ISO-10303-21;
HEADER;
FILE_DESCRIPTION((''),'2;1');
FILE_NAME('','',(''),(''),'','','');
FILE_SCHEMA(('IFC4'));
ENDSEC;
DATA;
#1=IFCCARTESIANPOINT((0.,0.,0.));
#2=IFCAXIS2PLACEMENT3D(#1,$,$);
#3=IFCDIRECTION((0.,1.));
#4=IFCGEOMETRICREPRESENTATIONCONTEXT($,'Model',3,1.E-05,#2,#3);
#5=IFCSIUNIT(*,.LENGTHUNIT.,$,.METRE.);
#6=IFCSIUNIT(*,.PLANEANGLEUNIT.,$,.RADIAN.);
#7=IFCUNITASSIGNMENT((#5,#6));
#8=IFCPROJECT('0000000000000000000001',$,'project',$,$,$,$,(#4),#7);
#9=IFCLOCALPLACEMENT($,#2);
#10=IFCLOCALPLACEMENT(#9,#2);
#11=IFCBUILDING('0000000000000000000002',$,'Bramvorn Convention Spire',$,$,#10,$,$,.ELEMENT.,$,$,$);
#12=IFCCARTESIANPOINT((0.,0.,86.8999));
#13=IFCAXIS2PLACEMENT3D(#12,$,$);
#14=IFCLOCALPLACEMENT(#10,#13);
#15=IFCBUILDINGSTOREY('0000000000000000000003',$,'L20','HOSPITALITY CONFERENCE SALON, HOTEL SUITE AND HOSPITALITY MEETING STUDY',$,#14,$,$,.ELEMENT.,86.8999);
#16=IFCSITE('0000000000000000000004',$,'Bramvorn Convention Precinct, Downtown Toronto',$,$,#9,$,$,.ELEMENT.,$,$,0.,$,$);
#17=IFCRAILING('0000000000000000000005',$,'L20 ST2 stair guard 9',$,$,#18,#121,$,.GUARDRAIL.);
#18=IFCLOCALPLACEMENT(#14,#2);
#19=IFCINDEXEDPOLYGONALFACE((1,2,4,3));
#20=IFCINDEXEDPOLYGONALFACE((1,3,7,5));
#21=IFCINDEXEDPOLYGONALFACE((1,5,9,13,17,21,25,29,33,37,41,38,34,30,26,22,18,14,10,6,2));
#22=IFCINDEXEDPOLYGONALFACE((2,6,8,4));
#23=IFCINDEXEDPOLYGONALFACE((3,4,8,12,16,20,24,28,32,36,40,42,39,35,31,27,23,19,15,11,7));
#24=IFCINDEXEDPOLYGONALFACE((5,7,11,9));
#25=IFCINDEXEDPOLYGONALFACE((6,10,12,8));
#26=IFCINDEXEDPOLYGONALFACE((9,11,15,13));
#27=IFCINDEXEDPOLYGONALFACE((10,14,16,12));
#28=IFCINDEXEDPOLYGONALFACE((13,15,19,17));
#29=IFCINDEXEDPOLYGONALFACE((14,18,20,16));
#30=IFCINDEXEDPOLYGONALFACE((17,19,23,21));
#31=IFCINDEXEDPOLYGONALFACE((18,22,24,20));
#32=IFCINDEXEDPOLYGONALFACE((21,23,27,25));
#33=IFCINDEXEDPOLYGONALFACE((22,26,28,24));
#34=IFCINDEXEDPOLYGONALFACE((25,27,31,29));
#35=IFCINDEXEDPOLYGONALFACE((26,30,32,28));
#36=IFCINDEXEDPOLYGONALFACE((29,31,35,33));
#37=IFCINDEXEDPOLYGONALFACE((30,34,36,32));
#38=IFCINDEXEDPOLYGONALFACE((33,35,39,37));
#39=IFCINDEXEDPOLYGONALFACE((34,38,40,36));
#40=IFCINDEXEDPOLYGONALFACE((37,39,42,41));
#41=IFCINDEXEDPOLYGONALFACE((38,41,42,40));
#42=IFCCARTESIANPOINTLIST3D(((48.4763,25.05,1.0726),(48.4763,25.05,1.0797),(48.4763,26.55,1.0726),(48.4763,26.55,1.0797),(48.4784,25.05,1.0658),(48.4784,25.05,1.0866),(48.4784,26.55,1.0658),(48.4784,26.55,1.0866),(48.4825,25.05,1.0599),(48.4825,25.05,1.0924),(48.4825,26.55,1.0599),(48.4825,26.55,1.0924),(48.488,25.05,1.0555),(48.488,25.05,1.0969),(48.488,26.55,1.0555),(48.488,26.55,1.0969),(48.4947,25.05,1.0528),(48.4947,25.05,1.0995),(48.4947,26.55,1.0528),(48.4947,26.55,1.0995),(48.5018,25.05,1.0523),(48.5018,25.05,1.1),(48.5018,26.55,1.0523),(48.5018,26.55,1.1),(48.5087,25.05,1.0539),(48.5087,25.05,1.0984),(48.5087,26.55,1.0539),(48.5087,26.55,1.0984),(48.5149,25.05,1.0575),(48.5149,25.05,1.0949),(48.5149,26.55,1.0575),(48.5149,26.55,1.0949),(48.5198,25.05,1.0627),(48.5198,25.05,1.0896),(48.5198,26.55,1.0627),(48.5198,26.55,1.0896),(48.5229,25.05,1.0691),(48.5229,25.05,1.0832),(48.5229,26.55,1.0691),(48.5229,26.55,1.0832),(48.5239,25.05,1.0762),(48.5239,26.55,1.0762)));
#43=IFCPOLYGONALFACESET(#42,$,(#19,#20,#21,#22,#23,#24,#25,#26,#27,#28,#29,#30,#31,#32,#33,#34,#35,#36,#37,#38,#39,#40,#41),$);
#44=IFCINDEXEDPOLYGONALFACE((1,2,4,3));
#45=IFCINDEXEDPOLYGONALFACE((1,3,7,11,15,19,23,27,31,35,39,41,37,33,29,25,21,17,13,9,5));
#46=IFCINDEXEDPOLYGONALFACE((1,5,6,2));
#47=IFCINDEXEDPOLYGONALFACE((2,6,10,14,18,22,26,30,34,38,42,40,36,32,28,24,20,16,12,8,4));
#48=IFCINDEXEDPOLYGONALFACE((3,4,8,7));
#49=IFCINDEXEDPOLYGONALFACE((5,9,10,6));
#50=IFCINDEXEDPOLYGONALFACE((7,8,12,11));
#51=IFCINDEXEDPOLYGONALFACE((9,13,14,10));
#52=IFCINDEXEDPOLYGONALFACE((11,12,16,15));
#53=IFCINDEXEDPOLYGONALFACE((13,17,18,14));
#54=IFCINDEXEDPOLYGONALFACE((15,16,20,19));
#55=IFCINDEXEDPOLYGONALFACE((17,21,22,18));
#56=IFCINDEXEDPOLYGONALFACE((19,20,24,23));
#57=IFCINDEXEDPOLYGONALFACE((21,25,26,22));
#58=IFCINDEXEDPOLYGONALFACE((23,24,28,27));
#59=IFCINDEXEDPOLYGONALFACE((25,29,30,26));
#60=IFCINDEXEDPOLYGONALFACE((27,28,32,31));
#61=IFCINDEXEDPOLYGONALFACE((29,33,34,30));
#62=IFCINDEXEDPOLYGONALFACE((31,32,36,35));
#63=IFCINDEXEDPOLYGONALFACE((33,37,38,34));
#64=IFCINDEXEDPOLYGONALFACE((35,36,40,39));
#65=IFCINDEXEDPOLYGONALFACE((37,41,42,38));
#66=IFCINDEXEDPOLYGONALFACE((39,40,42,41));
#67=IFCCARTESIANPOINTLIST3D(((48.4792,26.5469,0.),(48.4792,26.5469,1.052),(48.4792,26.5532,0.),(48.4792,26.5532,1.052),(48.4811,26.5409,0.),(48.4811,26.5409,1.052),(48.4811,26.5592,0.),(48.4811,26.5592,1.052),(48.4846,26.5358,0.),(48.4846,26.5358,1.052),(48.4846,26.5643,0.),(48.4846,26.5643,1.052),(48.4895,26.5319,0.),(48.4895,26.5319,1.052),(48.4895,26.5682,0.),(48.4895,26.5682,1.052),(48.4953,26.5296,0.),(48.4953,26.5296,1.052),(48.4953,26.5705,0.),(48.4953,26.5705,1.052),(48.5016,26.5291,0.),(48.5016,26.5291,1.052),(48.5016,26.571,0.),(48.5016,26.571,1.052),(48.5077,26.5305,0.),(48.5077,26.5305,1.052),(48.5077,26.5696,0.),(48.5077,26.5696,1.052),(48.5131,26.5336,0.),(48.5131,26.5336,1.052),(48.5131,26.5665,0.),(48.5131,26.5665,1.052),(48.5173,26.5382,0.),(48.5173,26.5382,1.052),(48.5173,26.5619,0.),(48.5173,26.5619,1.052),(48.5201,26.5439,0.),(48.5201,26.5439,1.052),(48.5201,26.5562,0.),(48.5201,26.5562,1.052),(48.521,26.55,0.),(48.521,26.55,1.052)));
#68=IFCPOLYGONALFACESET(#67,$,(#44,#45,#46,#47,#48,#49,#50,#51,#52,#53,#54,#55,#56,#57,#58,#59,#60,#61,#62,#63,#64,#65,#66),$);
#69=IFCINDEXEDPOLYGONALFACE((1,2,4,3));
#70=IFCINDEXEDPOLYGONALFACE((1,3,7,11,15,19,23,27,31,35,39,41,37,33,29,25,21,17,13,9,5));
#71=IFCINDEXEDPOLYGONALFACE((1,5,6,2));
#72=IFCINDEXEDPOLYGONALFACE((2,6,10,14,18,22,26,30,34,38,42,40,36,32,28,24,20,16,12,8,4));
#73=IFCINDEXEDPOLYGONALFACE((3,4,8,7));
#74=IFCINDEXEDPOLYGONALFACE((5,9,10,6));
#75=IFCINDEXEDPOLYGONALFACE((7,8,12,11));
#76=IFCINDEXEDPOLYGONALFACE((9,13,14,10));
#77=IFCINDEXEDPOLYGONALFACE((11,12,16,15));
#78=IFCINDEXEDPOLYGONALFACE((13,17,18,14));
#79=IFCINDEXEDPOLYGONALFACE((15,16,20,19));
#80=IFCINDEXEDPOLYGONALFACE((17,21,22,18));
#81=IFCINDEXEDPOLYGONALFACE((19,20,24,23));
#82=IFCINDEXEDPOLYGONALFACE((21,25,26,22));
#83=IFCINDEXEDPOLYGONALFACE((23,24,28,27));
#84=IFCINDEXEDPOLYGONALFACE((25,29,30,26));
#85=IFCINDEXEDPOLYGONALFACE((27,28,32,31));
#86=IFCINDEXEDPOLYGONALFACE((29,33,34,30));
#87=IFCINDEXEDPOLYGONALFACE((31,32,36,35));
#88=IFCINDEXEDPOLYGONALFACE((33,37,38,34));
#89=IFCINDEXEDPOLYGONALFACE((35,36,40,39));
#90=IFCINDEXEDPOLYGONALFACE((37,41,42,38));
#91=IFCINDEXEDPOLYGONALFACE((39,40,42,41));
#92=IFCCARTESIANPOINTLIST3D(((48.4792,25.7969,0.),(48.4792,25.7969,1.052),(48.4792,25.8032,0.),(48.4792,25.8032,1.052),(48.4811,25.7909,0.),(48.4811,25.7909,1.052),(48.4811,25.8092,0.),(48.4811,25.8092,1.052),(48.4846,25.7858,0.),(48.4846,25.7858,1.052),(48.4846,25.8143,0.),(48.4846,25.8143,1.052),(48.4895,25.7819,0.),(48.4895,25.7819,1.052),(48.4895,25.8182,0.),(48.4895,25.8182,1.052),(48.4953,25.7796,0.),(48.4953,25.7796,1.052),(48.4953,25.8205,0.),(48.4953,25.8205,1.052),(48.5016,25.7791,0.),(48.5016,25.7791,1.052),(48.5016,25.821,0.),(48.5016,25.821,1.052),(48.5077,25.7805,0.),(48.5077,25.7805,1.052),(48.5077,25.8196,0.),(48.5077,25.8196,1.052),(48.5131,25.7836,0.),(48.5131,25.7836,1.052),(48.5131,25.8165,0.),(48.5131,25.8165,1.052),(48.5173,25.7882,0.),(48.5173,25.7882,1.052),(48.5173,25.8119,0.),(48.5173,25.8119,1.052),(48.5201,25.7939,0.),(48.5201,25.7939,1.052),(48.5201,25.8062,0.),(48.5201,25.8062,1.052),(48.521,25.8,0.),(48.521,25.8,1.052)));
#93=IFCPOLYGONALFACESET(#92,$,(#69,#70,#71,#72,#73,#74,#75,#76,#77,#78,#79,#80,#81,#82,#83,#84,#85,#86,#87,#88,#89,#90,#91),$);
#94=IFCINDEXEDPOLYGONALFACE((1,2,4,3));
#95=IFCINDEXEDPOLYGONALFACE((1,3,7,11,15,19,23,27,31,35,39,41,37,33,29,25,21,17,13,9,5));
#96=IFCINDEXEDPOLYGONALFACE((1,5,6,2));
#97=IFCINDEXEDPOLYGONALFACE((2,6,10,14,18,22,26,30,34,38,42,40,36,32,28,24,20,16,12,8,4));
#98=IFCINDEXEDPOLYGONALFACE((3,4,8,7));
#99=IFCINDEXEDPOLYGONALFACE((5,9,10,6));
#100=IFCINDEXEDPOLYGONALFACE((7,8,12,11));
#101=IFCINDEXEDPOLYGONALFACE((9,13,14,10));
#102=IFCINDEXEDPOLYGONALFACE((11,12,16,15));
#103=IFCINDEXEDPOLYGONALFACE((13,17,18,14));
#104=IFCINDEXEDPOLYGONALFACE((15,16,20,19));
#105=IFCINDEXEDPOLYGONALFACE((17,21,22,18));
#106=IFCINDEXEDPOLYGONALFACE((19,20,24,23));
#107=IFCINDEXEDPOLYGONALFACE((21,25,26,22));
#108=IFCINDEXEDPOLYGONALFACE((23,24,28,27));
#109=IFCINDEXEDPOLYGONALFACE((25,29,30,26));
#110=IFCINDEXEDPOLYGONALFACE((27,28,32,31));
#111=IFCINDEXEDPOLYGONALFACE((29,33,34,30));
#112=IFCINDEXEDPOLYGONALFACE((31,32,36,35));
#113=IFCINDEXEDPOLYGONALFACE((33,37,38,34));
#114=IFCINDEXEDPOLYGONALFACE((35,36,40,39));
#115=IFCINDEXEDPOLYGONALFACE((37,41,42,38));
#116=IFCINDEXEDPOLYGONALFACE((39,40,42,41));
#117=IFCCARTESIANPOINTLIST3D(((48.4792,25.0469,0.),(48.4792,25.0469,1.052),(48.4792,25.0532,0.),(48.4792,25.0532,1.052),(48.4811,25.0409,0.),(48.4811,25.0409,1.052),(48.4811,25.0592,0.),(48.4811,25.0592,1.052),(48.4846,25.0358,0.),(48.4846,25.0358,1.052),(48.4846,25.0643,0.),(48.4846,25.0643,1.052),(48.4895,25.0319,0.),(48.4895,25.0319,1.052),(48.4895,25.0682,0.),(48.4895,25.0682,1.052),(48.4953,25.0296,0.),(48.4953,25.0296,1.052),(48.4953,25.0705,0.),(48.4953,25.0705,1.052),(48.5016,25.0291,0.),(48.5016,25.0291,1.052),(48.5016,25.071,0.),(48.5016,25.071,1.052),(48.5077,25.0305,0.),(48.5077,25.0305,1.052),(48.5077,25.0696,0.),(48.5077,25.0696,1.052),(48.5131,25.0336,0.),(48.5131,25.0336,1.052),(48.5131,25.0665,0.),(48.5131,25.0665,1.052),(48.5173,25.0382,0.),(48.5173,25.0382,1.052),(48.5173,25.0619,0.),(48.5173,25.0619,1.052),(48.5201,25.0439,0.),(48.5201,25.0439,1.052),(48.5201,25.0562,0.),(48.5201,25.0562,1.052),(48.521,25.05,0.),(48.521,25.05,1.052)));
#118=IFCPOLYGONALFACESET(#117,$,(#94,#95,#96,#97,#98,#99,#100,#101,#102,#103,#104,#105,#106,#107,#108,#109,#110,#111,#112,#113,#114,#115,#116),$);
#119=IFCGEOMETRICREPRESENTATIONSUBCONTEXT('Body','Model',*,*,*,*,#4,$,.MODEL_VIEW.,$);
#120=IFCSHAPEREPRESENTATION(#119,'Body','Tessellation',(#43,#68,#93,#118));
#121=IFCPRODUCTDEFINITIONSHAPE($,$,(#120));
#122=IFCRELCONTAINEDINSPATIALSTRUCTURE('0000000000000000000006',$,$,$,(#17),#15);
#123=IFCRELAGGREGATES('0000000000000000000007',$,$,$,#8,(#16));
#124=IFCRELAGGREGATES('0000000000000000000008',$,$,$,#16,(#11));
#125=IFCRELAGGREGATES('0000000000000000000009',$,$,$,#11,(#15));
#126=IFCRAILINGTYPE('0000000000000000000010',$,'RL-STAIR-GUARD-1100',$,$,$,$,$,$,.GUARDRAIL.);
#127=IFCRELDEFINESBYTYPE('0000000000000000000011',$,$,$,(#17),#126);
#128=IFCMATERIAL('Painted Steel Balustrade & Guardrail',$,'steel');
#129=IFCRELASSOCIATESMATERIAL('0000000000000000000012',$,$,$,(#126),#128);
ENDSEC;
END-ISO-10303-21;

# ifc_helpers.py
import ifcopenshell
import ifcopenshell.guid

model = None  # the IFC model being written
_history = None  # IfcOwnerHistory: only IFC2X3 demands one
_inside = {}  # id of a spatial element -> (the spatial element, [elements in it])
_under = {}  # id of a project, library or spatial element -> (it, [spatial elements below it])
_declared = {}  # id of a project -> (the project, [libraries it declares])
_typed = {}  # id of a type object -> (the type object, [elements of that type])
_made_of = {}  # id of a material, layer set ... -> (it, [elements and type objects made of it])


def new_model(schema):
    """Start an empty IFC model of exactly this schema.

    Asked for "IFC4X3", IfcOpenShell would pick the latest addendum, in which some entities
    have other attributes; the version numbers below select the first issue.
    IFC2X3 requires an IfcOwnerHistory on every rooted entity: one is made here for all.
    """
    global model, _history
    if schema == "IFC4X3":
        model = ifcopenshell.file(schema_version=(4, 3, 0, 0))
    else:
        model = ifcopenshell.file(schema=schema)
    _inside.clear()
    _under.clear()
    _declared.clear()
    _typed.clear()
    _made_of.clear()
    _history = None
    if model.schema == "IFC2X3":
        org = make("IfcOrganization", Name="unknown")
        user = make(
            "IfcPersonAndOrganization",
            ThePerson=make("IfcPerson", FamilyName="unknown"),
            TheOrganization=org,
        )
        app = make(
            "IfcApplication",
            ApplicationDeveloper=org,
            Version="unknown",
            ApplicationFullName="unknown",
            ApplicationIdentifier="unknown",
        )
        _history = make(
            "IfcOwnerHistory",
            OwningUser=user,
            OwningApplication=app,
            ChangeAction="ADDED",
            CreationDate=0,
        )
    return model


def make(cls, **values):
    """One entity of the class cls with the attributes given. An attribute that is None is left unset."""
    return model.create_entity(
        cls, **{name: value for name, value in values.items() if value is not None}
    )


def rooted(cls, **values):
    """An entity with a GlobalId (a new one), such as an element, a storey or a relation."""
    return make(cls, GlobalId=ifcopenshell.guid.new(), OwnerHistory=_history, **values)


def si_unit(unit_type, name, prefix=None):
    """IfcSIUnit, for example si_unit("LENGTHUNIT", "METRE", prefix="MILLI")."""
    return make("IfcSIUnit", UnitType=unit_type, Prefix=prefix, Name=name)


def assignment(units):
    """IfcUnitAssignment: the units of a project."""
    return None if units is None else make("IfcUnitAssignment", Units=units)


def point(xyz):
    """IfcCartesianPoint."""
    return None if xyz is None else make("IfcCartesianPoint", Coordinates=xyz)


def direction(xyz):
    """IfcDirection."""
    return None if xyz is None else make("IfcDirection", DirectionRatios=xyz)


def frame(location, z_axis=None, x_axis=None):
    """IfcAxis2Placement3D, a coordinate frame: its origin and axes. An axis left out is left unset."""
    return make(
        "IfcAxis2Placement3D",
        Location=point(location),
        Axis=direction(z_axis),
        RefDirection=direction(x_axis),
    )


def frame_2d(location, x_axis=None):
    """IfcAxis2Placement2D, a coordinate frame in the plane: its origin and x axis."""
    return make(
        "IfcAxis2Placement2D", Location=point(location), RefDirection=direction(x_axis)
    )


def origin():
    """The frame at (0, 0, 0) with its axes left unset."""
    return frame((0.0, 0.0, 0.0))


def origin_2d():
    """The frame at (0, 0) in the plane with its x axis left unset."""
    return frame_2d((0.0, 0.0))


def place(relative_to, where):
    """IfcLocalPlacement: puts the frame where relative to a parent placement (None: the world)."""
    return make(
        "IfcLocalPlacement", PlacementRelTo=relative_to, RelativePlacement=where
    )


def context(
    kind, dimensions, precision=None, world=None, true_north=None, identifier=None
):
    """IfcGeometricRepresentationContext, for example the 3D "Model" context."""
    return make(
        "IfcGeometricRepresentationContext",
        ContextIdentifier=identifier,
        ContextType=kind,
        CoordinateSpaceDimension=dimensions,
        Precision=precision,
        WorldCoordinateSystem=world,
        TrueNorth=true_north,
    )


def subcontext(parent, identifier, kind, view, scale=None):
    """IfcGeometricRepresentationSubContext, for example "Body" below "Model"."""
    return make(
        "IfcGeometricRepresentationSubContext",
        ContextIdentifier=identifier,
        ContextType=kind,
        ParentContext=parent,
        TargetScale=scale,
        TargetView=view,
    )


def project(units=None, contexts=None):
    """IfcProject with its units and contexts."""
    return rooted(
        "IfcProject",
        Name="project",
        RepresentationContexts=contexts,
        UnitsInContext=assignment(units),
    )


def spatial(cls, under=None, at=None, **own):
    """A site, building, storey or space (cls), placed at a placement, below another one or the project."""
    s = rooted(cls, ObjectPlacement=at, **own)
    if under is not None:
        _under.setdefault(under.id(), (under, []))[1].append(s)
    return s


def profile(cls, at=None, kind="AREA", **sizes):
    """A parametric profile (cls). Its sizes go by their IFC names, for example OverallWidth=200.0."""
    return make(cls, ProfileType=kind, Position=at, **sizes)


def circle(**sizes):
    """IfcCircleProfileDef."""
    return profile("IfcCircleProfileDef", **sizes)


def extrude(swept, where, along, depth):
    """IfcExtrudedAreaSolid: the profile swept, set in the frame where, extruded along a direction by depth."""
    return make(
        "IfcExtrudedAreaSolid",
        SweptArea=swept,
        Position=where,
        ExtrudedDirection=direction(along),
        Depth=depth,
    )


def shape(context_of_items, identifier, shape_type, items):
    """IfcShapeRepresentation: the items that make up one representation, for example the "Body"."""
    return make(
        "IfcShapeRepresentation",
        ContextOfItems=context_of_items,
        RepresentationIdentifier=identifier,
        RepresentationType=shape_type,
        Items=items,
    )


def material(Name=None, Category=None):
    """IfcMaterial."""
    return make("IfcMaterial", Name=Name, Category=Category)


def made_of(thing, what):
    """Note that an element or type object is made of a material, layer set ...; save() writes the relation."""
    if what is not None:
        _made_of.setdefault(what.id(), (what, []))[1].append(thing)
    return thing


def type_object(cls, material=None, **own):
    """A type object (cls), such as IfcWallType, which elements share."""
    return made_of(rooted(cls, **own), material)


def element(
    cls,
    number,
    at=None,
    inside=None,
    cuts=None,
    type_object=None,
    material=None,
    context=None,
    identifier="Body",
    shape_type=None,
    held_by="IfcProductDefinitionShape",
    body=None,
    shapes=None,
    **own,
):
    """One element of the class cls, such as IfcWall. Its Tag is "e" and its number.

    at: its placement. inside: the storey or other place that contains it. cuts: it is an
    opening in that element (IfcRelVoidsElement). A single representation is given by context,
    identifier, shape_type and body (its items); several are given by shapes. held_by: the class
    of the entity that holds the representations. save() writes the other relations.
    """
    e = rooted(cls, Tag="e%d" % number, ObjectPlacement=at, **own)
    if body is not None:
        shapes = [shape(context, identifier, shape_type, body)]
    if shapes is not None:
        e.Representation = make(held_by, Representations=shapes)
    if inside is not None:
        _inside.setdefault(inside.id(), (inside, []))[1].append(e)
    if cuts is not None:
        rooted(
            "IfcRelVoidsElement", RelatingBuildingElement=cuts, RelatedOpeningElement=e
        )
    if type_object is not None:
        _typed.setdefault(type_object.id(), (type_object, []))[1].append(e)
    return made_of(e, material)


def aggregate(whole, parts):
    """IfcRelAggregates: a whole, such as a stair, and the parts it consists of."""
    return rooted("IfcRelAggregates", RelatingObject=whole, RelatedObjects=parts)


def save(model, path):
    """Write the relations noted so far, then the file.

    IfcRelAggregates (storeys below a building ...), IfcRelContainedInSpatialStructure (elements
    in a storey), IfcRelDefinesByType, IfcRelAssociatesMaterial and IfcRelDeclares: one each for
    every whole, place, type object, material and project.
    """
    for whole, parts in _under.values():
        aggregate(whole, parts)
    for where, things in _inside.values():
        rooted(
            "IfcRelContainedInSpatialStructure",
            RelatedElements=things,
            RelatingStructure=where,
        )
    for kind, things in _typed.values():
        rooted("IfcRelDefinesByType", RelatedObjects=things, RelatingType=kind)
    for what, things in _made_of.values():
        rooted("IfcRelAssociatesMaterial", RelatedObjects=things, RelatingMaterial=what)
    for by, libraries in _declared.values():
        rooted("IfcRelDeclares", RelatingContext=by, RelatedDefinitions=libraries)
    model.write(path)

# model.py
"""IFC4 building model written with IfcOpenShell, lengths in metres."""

from ifc_helpers import new_model, si_unit, direction, frame, origin, origin_2d, place, context, subcontext, project, spatial, circle, extrude, material, type_object, element, save


model = new_model("IFC4")

# Units and contexts
model_context = context("Model", 3, precision=1e-05, world=origin(), true_north=direction((0.0, 1.0)))
body_context = subcontext(model_context, "Body", "Model", "MODEL_VIEW")
ifc_project = project(units=[si_unit("LENGTHUNIT", "METRE"), si_unit("PLANEANGLEUNIT", "RADIAN")], contexts=[model_context])

# Site, building, storey
site_placement = place(None, origin())
site = spatial("IfcSite", under=ifc_project, at=site_placement, Name="Bramvorn Convention Precinct, Downtown Toronto", CompositionType="ELEMENT", RefElevation=0.0)
building_placement = place(site_placement, origin())
building = spatial("IfcBuilding", under=site, at=building_placement, Name="Bramvorn Convention Spire", CompositionType="ELEMENT")
storey_placement = place(building_placement, frame((0.0, 0.0, 86.8999)))
storey = spatial("IfcBuildingStorey", under=building, at=storey_placement, Name="L20", Description="HOSPITALITY CONFERENCE SALON, HOTEL SUITE AND HOSPITALITY MEETING STUDY", CompositionType="ELEMENT", Elevation=86.8999)

# Railing
ifc_material_1 = material(Name="Painted Steel Balustrade & Guardrail", Category="steel")
railing_type_1 = type_object("IfcRailingType", Name="RL-STAIR-GUARD-1100", PredefinedType="GUARDRAIL", material=ifc_material_1)
railing_1_placement = place(storey_placement, frame((48.5, 26.55, 0.0)))
element("IfcRailing", 1, at=railing_1_placement, inside=storey, type_object=railing_type_1, Name="L20 ST2 stair guard 9", PredefinedType="GUARDRAIL", context=body_context, shape_type="SweptSolid", body=[
    extrude(circle(Radius=0.0239, at=origin_2d()), frame((0.0, 0.0, 1.0762), z_axis=(0.0, -1.0, 0.0), x_axis=(1.0, 0.0, 0.0)), (0.0, 0.0, 1.0), 1.5),
    extrude(circle(Radius=0.021, at=origin_2d()), origin(), (0.0, 0.0, 1.0), 1.052),
    extrude(circle(Radius=0.021, at=origin_2d()), frame((0.0, -0.75, 0.0)), (0.0, 0.0, 1.0), 1.052),
    extrude(circle(Radius=0.021, at=origin_2d()), frame((0.0, -1.5, 0.0)), (0.0, 0.0, 1.0), 1.052),
])

save(model, "model.ifc")
